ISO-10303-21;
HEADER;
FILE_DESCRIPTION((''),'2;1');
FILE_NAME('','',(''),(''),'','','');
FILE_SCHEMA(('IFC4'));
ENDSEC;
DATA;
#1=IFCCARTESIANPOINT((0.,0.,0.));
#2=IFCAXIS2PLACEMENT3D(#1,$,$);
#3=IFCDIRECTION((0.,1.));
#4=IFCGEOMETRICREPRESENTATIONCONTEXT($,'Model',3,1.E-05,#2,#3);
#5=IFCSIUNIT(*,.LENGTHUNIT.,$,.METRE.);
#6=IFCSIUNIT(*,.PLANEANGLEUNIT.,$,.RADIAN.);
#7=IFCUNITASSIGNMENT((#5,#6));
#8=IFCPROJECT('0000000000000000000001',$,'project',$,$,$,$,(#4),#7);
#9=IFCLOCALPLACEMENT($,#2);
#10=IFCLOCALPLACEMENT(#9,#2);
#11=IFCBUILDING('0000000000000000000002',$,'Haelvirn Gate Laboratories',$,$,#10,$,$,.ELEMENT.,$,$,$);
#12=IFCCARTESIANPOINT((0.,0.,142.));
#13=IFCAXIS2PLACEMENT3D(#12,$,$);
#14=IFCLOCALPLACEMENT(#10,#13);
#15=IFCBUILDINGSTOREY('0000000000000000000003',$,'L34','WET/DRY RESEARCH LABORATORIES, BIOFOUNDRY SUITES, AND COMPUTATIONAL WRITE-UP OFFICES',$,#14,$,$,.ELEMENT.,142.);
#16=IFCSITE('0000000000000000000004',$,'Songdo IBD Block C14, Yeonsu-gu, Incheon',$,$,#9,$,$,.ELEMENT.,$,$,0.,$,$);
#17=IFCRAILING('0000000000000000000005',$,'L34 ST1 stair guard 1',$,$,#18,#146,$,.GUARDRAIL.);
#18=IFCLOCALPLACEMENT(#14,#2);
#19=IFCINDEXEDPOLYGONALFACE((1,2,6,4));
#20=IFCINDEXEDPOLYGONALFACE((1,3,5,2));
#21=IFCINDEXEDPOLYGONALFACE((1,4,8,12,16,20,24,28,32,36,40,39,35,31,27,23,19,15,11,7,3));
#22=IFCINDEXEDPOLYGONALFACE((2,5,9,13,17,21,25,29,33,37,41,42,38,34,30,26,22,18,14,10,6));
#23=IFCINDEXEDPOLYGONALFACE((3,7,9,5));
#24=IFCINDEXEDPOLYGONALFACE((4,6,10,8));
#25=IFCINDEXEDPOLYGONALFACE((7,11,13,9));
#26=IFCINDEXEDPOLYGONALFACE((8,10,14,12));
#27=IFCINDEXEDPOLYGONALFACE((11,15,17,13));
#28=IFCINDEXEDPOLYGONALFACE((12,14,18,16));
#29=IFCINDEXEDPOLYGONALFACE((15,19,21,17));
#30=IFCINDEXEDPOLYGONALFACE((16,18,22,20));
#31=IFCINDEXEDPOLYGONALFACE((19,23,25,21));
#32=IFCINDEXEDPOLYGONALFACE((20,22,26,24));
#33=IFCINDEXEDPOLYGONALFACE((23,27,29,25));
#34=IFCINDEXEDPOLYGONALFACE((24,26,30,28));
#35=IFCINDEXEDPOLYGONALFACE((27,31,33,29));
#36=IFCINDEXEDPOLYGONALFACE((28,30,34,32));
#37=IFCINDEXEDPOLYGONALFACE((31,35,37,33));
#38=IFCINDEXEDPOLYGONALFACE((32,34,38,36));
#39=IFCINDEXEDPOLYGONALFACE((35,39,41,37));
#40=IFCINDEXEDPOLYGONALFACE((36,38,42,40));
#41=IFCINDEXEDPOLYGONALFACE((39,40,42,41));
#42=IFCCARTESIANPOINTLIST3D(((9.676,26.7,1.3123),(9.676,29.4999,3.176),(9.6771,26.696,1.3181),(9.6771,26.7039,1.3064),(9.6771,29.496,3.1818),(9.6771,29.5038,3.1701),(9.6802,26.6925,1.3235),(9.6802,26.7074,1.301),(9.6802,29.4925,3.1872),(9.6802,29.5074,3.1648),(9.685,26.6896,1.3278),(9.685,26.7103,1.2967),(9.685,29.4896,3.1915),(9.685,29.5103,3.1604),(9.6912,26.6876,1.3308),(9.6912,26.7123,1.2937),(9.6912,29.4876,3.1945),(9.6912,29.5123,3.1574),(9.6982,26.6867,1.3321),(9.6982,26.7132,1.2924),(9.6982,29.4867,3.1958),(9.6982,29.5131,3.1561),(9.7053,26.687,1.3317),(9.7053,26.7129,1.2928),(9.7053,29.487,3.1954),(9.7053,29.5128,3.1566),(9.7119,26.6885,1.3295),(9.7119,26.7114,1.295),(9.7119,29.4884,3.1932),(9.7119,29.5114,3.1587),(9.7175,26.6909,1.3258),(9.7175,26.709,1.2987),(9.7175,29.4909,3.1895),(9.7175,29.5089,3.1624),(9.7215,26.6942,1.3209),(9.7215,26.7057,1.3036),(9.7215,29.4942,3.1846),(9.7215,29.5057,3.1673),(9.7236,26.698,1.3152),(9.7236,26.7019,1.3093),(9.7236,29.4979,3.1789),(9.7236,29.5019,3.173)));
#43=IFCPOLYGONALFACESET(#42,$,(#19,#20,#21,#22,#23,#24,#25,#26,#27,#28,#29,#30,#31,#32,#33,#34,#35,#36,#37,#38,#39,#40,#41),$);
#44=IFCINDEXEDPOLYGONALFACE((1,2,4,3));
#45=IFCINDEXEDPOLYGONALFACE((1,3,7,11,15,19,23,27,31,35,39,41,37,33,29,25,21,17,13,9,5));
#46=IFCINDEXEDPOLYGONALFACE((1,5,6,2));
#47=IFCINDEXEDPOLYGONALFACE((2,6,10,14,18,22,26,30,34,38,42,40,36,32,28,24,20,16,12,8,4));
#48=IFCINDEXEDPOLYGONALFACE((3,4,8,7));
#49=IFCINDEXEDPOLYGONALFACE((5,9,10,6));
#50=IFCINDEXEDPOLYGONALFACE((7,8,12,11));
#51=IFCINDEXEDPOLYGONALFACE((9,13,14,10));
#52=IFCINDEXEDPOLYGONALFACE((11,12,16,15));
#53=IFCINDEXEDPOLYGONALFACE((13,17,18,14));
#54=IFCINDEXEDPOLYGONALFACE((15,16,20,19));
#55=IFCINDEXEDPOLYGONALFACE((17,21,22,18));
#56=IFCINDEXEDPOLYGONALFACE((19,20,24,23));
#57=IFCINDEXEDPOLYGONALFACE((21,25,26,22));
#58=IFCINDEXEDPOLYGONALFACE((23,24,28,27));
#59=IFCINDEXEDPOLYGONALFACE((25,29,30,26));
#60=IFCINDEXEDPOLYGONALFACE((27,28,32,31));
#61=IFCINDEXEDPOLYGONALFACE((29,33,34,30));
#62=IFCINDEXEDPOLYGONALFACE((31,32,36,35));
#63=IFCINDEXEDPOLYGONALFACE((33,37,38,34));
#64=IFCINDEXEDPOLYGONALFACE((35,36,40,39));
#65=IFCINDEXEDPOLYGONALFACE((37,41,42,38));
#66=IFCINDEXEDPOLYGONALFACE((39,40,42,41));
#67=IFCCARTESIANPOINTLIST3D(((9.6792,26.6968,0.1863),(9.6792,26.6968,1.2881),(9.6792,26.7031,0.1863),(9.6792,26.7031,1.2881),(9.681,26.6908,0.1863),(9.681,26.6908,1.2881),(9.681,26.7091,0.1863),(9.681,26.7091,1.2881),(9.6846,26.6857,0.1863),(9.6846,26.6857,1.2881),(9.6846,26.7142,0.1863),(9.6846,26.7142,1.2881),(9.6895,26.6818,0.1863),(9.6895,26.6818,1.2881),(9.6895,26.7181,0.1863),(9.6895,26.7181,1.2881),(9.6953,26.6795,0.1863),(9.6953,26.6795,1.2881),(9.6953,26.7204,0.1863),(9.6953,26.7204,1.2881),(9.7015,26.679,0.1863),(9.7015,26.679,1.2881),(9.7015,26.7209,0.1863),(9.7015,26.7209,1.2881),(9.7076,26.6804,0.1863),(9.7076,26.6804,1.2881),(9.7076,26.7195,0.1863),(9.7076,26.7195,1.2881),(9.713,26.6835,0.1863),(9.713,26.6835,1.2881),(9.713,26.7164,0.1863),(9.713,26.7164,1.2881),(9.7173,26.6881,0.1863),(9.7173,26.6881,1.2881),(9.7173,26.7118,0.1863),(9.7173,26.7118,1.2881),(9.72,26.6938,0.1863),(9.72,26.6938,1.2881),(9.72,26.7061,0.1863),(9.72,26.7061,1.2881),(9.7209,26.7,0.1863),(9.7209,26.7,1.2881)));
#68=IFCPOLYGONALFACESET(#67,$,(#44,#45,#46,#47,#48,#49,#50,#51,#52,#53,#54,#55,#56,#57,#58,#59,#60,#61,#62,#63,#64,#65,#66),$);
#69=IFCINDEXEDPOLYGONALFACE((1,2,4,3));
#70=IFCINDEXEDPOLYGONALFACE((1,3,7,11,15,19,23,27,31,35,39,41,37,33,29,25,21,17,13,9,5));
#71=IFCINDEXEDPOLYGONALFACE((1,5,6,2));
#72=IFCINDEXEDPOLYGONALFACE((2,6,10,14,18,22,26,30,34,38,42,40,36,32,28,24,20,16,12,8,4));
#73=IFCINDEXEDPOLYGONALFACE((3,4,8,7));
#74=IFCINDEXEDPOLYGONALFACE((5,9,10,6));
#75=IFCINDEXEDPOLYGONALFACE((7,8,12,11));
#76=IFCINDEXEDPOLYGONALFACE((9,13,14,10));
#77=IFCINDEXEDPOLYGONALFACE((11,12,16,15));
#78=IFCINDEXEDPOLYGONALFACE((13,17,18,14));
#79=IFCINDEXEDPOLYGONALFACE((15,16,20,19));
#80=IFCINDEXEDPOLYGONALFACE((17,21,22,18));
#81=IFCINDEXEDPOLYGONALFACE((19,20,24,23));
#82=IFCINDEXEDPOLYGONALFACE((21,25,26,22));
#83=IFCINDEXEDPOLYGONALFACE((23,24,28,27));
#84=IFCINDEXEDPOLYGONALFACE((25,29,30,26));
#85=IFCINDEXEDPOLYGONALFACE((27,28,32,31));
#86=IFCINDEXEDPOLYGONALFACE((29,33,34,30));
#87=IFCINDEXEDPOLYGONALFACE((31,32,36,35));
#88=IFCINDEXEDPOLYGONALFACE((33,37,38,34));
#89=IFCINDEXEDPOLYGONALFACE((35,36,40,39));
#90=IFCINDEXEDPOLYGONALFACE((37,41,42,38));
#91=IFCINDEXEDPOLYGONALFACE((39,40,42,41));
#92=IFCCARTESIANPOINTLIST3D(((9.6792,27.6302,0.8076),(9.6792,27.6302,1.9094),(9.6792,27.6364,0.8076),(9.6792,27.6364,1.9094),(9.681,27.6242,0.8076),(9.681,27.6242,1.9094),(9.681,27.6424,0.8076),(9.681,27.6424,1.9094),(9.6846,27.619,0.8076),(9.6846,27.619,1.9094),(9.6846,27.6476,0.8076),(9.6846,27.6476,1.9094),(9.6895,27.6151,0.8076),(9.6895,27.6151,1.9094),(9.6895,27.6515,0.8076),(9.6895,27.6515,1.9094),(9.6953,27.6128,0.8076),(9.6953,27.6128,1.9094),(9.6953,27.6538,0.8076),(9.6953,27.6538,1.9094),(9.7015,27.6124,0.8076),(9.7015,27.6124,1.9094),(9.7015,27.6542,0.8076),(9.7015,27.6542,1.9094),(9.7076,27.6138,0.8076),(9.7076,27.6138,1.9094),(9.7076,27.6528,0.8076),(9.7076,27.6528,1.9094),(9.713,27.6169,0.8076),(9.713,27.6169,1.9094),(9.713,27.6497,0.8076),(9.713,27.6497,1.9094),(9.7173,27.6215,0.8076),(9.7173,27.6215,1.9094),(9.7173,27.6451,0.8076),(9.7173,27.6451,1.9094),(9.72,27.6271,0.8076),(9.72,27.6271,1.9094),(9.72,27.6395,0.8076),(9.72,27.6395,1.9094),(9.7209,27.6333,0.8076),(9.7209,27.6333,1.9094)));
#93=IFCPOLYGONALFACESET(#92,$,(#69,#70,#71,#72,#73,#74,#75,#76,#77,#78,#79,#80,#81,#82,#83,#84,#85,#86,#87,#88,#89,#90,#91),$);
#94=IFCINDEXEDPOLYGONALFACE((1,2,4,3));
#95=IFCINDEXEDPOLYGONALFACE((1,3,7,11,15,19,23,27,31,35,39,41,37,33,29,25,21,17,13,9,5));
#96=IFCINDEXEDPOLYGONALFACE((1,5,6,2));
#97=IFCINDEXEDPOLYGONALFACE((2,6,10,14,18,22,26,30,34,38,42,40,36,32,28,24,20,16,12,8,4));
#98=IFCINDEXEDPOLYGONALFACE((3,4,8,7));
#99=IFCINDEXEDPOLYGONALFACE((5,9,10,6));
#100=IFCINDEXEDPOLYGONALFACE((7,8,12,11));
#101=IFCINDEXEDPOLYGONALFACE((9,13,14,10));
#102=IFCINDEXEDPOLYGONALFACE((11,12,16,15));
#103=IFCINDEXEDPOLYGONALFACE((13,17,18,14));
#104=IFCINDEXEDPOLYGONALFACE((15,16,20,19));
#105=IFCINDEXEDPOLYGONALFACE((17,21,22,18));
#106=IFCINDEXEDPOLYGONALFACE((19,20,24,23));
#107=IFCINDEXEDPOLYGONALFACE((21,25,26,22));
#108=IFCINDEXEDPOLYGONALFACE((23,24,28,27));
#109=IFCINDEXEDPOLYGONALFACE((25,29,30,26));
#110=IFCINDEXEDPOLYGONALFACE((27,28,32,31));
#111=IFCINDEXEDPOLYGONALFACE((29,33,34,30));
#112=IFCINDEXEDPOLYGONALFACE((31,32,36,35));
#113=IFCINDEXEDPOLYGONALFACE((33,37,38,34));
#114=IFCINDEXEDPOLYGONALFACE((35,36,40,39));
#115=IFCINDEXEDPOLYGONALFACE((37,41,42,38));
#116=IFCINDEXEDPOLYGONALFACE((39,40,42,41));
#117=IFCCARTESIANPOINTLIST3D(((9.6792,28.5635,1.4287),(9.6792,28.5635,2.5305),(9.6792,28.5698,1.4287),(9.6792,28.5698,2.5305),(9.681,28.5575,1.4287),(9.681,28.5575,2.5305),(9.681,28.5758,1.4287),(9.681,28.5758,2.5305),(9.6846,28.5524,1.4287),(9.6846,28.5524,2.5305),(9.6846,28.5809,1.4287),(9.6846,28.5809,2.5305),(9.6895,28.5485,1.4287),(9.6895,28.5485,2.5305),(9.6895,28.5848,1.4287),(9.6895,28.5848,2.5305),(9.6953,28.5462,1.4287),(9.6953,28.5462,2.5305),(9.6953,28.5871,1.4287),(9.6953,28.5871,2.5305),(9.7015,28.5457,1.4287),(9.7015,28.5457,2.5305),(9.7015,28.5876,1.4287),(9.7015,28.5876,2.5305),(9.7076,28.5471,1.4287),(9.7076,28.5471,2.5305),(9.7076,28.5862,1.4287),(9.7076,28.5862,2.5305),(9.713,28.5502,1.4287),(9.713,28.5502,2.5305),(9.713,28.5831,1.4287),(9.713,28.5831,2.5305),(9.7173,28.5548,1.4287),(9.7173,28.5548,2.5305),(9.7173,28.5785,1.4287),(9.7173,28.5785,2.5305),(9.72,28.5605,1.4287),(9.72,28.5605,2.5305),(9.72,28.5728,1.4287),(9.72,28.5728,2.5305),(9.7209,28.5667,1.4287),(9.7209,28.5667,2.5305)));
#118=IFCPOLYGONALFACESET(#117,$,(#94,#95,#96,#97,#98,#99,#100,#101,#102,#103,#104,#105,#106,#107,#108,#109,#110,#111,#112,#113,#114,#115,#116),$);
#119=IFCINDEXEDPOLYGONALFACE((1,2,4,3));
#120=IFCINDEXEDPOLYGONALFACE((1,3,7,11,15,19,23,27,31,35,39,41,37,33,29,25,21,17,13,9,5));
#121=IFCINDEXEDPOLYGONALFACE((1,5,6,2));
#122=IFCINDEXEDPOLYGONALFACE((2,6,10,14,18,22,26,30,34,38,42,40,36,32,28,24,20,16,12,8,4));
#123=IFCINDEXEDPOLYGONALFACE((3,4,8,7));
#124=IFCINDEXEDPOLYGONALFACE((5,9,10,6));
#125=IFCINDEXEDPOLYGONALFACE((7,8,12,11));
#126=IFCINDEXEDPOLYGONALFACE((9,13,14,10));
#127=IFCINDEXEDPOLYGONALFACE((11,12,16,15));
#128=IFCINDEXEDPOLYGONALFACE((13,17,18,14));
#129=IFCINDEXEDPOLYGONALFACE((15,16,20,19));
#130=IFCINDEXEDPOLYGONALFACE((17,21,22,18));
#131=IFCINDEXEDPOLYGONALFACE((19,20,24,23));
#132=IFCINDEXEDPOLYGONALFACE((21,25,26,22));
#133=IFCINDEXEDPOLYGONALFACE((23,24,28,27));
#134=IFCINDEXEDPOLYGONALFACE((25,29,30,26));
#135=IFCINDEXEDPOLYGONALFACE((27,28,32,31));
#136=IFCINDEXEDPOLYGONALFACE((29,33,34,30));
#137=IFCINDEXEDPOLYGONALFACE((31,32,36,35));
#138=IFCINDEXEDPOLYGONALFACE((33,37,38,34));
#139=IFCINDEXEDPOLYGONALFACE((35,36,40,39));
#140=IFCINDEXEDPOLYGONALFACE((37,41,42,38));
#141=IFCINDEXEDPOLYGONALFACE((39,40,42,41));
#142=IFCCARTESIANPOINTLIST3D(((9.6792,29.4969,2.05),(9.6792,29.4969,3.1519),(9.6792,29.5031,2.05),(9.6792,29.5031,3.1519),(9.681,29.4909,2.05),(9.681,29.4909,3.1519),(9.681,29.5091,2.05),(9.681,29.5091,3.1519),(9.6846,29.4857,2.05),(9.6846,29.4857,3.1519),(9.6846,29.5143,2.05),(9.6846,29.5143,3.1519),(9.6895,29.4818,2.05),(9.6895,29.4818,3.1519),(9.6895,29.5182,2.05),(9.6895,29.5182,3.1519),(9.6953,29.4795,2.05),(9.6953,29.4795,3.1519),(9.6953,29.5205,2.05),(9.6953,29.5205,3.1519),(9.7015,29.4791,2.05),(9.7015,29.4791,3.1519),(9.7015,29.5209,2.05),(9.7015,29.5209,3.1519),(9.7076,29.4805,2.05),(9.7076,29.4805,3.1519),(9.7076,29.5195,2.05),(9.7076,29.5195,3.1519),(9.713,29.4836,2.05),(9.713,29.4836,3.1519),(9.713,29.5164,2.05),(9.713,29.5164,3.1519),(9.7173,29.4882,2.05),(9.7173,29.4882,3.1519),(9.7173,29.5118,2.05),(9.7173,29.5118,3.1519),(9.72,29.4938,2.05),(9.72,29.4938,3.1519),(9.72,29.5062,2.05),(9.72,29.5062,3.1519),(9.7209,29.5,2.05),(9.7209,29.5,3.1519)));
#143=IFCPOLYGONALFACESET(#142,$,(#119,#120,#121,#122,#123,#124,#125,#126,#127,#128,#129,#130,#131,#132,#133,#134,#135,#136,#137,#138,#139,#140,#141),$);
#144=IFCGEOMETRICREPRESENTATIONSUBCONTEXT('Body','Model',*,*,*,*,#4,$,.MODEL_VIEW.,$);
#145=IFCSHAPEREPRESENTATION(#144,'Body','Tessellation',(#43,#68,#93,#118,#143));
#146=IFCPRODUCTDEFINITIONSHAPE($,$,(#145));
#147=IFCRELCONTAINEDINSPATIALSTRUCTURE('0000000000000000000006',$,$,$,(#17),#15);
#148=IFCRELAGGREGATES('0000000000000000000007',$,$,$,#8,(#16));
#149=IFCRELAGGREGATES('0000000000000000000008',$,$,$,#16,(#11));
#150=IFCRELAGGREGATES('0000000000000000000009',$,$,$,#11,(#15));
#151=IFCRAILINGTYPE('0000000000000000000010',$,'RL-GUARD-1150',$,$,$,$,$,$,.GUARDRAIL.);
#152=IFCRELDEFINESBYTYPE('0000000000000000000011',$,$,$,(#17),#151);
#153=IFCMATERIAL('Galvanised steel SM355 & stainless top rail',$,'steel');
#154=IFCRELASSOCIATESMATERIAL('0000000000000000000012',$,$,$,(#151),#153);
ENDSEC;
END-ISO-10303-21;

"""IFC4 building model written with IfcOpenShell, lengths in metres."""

from ifc_helpers import new_model, si_unit, direction, frame, origin, origin_2d, place, context, subcontext, project, spatial, circle, extrude, source, transform, mapped, material, type_object, element, save


model = new_model("IFC4")

# Units and contexts
model_context = context("Model", 3, precision=1e-05, world=origin(), true_north=direction((0.0, 1.0)))
body_context = subcontext(model_context, "Body", "Model", "MODEL_VIEW")
ifc_project = project(units=[si_unit("LENGTHUNIT", "METRE"), si_unit("PLANEANGLEUNIT", "RADIAN")], contexts=[model_context])

# Site, building, storey
site_placement = place(None, origin())
site = spatial("IfcSite", under=ifc_project, at=site_placement, Name="Songdo IBD Block C14, Yeonsu-gu, Incheon", CompositionType="ELEMENT", RefElevation=0.0)
building_placement = place(site_placement, origin())
building = spatial("IfcBuilding", under=site, at=building_placement, Name="Haelvirn Gate Laboratories", CompositionType="ELEMENT")
storey_placement = place(building_placement, frame((0.0, 0.0, 142.0)))
storey = spatial("IfcBuildingStorey", under=building, at=storey_placement, Name="L34", Description="WET/DRY RESEARCH LABORATORIES, BIOFOUNDRY SUITES, AND COMPUTATIONAL WRITE-UP OFFICES", CompositionType="ELEMENT", Elevation=142.0)

# Railing
ifc_material_1 = material(Name="Galvanised steel SM355 & stainless top rail", Category="steel")
railing_type_1 = type_object("IfcRailingType", Name="RL-GUARD-1150", PredefinedType="GUARDRAIL", material=ifc_material_1)
shared_shape_1 = source(origin(), body_context, "Body", "SweptSolid", [
    extrude(circle(Radius=0.0239, at=origin_2d()), frame((0.0, 0.0, 1.126), z_axis=(0.0, 0.832452, 0.554097), x_axis=(-1.0, 0.0, 0.0)), (0.0, 0.0, 1.0), 3.3635),
    extrude(circle(Radius=0.021, at=origin_2d()), origin(), (0.0, 0.0, 1.0), 1.1018),
    extrude(circle(Radius=0.021, at=origin_2d()), frame((0.0, 0.9333, 0.6213)), (0.0, 0.0, 1.0), 1.1018),
    extrude(circle(Radius=0.021, at=origin_2d()), frame((0.0, 1.8667, 1.2424)), (0.0, 0.0, 1.0), 1.1018),
    extrude(circle(Radius=0.021, at=origin_2d()), frame((0.0, 2.8, 1.8638)), (0.0, 0.0, 1.0), 1.1018),
])
railing_1_placement = place(storey_placement, frame((9.7, 26.7, 0.1863)))
element("IfcRailing", 1, at=railing_1_placement, inside=storey, type_object=railing_type_1, Name="L34 ST1 stair guard 1", PredefinedType="GUARDRAIL", context=body_context, shape_type="MappedRepresentation", body=[
    mapped(shared_shape_1, transform((0.0, 0.0, 0.0), scale=1.0)),
])

save(model, "model.ifc")
